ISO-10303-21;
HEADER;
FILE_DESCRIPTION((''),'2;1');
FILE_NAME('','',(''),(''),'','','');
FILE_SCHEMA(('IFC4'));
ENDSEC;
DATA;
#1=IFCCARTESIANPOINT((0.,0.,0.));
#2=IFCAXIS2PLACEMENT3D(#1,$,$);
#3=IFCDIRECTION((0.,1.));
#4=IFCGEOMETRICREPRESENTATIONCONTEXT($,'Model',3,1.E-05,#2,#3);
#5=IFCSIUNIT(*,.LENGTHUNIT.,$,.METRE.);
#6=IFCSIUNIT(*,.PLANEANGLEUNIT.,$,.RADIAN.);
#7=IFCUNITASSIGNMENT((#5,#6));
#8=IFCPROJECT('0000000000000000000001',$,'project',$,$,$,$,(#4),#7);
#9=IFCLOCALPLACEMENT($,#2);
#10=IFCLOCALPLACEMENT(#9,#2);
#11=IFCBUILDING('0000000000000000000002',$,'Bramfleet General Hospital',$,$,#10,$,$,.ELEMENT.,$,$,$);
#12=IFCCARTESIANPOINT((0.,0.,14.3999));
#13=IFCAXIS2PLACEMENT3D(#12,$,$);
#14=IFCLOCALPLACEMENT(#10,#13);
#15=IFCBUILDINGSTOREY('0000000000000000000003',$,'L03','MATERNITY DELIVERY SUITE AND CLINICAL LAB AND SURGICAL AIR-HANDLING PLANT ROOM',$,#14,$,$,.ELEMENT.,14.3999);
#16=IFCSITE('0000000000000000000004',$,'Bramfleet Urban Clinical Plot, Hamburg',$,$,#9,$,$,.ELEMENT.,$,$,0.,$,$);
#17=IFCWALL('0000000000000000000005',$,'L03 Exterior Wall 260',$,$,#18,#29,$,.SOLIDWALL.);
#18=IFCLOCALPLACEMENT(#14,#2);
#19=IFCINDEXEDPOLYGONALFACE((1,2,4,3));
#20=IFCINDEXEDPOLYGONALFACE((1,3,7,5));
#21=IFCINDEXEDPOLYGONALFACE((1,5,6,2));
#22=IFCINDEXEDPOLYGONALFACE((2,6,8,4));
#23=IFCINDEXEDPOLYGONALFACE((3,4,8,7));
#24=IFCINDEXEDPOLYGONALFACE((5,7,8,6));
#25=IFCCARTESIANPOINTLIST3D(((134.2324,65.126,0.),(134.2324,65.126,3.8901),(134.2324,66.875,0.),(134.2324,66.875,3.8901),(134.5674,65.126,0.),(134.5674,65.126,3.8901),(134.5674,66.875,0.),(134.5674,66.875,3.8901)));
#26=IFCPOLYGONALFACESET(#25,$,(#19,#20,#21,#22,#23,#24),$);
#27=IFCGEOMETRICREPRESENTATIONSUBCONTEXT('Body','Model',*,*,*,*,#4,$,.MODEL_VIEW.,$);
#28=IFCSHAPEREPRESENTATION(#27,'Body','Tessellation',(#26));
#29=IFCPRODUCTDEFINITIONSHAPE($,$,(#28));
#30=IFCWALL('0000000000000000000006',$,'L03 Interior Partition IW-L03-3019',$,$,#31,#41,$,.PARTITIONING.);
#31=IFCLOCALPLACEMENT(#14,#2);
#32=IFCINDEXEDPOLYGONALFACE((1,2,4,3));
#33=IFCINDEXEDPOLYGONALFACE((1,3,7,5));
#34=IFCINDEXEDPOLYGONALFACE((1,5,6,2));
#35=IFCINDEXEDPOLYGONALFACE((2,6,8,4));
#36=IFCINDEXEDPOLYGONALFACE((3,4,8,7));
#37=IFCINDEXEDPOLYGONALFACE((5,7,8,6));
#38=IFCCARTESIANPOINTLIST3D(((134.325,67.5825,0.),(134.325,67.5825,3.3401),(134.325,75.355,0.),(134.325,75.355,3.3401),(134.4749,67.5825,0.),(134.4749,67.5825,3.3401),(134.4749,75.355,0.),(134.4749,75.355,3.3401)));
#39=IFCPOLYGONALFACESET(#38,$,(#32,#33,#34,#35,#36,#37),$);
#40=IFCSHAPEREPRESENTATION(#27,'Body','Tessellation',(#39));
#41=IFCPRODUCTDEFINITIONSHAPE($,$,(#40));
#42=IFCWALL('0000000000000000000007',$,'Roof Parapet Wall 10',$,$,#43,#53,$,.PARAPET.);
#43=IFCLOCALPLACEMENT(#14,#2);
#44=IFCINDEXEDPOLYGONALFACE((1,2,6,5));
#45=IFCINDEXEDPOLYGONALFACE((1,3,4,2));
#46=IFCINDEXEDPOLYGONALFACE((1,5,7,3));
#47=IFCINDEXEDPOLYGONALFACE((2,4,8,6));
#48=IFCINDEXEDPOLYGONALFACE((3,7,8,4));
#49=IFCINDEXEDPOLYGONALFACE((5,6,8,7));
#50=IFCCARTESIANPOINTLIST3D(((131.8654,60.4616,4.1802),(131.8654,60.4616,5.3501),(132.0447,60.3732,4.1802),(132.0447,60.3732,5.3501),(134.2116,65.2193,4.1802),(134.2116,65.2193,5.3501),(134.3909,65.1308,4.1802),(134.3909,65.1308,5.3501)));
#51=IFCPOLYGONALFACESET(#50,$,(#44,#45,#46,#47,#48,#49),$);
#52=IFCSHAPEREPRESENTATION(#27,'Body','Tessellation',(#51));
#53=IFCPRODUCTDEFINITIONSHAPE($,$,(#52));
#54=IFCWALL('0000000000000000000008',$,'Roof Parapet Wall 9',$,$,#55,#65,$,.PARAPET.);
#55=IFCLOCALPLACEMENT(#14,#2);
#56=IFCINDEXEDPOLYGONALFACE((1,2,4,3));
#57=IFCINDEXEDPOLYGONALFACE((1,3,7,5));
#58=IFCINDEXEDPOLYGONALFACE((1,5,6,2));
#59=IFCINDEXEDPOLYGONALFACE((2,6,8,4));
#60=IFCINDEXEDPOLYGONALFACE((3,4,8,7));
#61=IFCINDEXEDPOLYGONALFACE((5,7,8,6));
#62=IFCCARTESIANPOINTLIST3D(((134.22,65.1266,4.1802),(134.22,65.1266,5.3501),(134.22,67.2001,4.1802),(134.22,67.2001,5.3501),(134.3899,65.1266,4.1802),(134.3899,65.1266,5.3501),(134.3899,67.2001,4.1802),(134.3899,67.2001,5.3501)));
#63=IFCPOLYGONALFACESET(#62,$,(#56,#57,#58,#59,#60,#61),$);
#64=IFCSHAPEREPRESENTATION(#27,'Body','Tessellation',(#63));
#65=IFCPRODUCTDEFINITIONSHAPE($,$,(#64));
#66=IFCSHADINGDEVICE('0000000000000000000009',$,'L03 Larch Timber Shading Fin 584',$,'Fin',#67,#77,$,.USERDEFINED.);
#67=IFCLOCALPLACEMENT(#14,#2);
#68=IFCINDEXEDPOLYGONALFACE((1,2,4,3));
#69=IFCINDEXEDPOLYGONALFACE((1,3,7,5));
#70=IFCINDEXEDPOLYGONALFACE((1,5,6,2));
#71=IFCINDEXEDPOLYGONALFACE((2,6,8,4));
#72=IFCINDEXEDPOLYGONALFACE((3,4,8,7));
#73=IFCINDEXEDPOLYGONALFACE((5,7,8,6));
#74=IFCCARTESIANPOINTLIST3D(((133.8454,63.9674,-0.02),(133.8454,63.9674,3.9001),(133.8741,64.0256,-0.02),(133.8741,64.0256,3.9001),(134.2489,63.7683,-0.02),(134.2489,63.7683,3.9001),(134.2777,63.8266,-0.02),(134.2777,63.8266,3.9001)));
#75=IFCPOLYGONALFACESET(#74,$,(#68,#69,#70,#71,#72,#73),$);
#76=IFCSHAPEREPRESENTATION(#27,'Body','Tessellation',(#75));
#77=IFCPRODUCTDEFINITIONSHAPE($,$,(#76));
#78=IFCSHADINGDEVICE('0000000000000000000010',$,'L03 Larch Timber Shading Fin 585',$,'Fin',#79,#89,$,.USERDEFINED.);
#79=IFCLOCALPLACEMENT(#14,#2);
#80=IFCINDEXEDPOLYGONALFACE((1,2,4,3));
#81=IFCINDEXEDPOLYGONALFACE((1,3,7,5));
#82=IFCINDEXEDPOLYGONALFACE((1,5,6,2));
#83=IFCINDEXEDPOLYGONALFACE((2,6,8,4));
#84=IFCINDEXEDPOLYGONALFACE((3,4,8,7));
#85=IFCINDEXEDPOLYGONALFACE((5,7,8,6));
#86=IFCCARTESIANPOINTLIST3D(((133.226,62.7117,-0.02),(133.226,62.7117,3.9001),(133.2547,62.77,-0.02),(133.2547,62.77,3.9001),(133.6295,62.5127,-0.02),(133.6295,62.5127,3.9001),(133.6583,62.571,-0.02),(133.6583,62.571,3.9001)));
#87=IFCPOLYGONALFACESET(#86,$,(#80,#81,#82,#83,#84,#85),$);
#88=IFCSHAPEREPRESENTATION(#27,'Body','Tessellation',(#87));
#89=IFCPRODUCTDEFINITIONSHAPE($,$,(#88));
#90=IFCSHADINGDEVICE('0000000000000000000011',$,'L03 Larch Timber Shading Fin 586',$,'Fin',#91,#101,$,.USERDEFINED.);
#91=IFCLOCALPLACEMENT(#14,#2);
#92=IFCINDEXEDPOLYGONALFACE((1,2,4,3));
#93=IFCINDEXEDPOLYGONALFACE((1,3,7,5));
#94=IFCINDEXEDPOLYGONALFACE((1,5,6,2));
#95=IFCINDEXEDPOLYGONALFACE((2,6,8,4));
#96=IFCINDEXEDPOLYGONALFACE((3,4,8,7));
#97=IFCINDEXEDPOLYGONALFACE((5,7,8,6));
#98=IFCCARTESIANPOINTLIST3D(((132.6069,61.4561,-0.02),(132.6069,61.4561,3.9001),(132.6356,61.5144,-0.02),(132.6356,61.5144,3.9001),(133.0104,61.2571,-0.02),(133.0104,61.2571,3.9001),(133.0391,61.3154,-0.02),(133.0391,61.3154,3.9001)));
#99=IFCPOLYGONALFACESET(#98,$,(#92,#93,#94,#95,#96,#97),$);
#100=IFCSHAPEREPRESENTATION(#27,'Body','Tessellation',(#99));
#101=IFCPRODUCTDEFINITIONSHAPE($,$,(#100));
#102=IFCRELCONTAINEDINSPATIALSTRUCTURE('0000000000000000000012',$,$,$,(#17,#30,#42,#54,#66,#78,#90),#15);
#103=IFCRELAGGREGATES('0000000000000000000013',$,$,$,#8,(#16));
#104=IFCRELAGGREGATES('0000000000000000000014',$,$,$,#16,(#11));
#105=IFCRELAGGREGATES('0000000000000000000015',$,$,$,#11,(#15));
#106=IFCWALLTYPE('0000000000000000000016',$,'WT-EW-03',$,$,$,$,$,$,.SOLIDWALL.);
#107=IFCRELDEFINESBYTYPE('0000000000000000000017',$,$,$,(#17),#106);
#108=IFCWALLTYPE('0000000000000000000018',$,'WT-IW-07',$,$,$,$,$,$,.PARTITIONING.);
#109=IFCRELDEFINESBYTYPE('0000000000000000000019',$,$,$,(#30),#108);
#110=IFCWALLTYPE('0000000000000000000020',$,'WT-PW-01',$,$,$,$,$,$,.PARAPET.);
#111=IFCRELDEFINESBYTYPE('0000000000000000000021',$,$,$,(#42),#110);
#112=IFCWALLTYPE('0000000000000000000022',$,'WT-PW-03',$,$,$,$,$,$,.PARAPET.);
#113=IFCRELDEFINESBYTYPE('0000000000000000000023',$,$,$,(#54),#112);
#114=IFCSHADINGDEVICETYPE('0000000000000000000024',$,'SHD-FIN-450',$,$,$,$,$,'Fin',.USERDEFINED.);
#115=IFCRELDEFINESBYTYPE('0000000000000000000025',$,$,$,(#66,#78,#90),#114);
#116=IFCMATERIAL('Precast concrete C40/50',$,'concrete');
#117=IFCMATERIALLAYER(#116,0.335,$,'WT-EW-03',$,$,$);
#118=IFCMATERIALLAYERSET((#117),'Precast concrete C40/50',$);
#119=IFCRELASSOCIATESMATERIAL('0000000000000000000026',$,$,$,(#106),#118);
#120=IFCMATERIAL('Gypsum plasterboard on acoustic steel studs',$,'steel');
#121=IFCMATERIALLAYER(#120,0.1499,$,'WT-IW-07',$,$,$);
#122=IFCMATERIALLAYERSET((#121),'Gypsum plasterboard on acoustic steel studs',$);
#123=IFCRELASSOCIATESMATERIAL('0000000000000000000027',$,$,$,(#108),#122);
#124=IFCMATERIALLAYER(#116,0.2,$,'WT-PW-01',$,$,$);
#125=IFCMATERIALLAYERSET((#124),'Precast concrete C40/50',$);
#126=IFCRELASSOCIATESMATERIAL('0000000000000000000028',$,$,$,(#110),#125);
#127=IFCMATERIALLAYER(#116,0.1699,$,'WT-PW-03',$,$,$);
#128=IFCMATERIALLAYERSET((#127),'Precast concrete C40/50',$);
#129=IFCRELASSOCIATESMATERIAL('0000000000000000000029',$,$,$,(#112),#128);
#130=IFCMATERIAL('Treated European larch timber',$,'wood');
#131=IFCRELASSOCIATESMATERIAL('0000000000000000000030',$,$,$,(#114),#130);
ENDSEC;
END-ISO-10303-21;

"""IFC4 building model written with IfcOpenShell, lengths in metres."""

from ifc_helpers import new_model, si_unit, direction, frame, frame_2d, origin, origin_2d, place, context, subcontext, project, spatial, rectangle, extrude, material, layer, layer_set, material_profile, profile_set, type_object, element, save


model = new_model("IFC4")

# Units and contexts
model_context = context("Model", 3, precision=1e-05, world=origin(), true_north=direction((0.0, 1.0)))
body_context = subcontext(model_context, "Body", "Model", "MODEL_VIEW")
ifc_project = project(units=[si_unit("LENGTHUNIT", "METRE"), si_unit("PLANEANGLEUNIT", "RADIAN")], contexts=[model_context])

# Site, building, storey
site_placement = place(None, origin())
site = spatial("IfcSite", under=ifc_project, at=site_placement, Name="Bramfleet Urban Clinical Plot, Hamburg", CompositionType="ELEMENT", RefElevation=0.0)
building_placement = place(site_placement, origin())
building = spatial("IfcBuilding", under=site, at=building_placement, Name="Bramfleet General Hospital", CompositionType="ELEMENT")
storey_placement = place(building_placement, frame((0.0, 0.0, 14.3999)))
storey = spatial("IfcBuildingStorey", under=building, at=storey_placement, Name="L03", Description="MATERNITY DELIVERY SUITE AND CLINICAL LAB AND SURGICAL AIR-HANDLING PLANT ROOM", CompositionType="ELEMENT", Elevation=14.3999)

# Walls
ifc_material_1 = material(Name="Precast concrete C40/50", Category="concrete")
ifc_layer_1 = layer(ifc_material_1, 0.335, Name="WT-EW-03")
ifc_layer_set_1 = layer_set([ifc_layer_1], Name="Precast concrete C40/50")
wall_type_1 = type_object("IfcWallType", Name="WT-EW-03", PredefinedType="SOLIDWALL", material=ifc_layer_set_1)
wall_1_placement = place(storey_placement, frame((134.3999, 66.875, 0.0), z_axis=(0.0, 0.0, 1.0), x_axis=(0.0, -1.0, 0.0)))
element("IfcWall", 1, at=wall_1_placement, inside=storey, type_object=wall_type_1, Name="L03 Exterior Wall 260", PredefinedType="SOLIDWALL", context=body_context, shape_type="SweptSolid", body=[
    extrude(rectangle(XDim=1.749, YDim=0.335, at=frame_2d((0.8745, 0.0))), origin(), (0.0, 0.0, 1.0), 3.8901),
])
ifc_material_2 = material(Name="Gypsum plasterboard on acoustic steel studs", Category="steel")
ifc_layer_2 = layer(ifc_material_2, 0.1499, Name="WT-IW-07")
ifc_layer_set_2 = layer_set([ifc_layer_2], Name="Gypsum plasterboard on acoustic steel studs")
wall_type_2 = type_object("IfcWallType", Name="WT-IW-07", PredefinedType="PARTITIONING", material=ifc_layer_set_2)
wall_2_placement = place(storey_placement, frame((134.3999, 67.5825, 0.0), z_axis=(0.0, 0.0, 1.0), x_axis=(0.0, 1.0, 0.0)))
element("IfcWall", 2, at=wall_2_placement, inside=storey, type_object=wall_type_2, Name="L03 Interior Partition IW-L03-3019", PredefinedType="PARTITIONING", context=body_context, shape_type="SweptSolid", body=[
    extrude(rectangle(XDim=7.7725, YDim=0.1499, at=frame_2d((3.8862, 0.0))), origin(), (0.0, 0.0, 1.0), 3.3401),
])
ifc_layer_3 = layer(ifc_material_1, 0.2, Name="WT-PW-01")
ifc_layer_set_3 = layer_set([ifc_layer_3], Name="Precast concrete C40/50")
wall_type_3 = type_object("IfcWallType", Name="WT-PW-01", PredefinedType="PARAPET", material=ifc_layer_set_3)
wall_3_placement = place(storey_placement, frame((134.3013, 65.175, 4.1802), z_axis=(0.0, 0.0, 1.0), x_axis=(-0.442291, -0.896871, 0.0)))
element("IfcWall", 3, at=wall_3_placement, inside=storey, type_object=wall_type_3, Name="Roof Parapet Wall 10", PredefinedType="PARAPET", context=body_context, shape_type="SweptSolid", body=[
    extrude(rectangle(XDim=5.3047, YDim=0.2, at=frame_2d((2.6523, 0.0))), origin(), (0.0, 0.0, 1.0), 1.1699),
])
ifc_layer_4 = layer(ifc_material_1, 0.1699, Name="WT-PW-03")
ifc_layer_set_4 = layer_set([ifc_layer_4], Name="Precast concrete C40/50")
wall_type_4 = type_object("IfcWallType", Name="WT-PW-03", PredefinedType="PARAPET", material=ifc_layer_set_4)
wall_4_placement = place(storey_placement, frame((134.3049, 67.2, 4.1802), z_axis=(0.0, 0.0, 1.0), x_axis=(0.0, -1.0, 0.0)))
element("IfcWall", 4, at=wall_4_placement, inside=storey, type_object=wall_type_4, Name="Roof Parapet Wall 9", PredefinedType="PARAPET", context=body_context, shape_type="SweptSolid", body=[
    extrude(rectangle(XDim=2.0735, YDim=0.1699, at=frame_2d((1.0366, 0.0))), origin(), (0.0, 0.0, 1.0), 1.1699),
])

# Shading devices
ifc_material_3 = material(Name="Treated European larch timber", Category="wood")
ifc_material_profile_1 = material_profile(ifc_material_3, rectangle(XDim=0.0649, YDim=0.45, at=origin_2d()), Name="LARCH FIN 450x65")
ifc_profile_set_1 = profile_set([ifc_material_profile_1], Name="Treated European larch timber")
shading_device_type = type_object("IfcShadingDeviceType", Name="SHD-FIN-450", ElementType="Fin", PredefinedType="USERDEFINED", material=ifc_profile_set_1)
for number, where, z_axis, x_axis, name in (
    (5, (134.0615, 63.897, -0.02), (0.0, 0.0, 1.0), (-0.442305, -0.896865, 0.0), "L03 Larch Timber Shading Fin 584"),
    (6, (133.4421, 62.6414, -0.02), (0.0, 0.0, 1.0), (-0.442305, -0.896865, 0.0), "L03 Larch Timber Shading Fin 585"),
    (7, (132.823, 61.3857, -0.02), (0.0, 0.0, 1.0), (-0.442305, -0.896865, 0.0), "L03 Larch Timber Shading Fin 586"),
):
    element("IfcShadingDevice", number, at=place(storey_placement, frame(where, z_axis=z_axis, x_axis=x_axis)), inside=storey, type_object=shading_device_type, Name=name, ObjectType="Fin", PredefinedType="USERDEFINED", context=body_context, shape_type="SweptSolid", body=[
        extrude(rectangle(XDim=0.0649, YDim=0.45, at=origin_2d()), origin(), (0.0, 0.0, 1.0), 3.9202),
    ])

save(model, "model.ifc")
